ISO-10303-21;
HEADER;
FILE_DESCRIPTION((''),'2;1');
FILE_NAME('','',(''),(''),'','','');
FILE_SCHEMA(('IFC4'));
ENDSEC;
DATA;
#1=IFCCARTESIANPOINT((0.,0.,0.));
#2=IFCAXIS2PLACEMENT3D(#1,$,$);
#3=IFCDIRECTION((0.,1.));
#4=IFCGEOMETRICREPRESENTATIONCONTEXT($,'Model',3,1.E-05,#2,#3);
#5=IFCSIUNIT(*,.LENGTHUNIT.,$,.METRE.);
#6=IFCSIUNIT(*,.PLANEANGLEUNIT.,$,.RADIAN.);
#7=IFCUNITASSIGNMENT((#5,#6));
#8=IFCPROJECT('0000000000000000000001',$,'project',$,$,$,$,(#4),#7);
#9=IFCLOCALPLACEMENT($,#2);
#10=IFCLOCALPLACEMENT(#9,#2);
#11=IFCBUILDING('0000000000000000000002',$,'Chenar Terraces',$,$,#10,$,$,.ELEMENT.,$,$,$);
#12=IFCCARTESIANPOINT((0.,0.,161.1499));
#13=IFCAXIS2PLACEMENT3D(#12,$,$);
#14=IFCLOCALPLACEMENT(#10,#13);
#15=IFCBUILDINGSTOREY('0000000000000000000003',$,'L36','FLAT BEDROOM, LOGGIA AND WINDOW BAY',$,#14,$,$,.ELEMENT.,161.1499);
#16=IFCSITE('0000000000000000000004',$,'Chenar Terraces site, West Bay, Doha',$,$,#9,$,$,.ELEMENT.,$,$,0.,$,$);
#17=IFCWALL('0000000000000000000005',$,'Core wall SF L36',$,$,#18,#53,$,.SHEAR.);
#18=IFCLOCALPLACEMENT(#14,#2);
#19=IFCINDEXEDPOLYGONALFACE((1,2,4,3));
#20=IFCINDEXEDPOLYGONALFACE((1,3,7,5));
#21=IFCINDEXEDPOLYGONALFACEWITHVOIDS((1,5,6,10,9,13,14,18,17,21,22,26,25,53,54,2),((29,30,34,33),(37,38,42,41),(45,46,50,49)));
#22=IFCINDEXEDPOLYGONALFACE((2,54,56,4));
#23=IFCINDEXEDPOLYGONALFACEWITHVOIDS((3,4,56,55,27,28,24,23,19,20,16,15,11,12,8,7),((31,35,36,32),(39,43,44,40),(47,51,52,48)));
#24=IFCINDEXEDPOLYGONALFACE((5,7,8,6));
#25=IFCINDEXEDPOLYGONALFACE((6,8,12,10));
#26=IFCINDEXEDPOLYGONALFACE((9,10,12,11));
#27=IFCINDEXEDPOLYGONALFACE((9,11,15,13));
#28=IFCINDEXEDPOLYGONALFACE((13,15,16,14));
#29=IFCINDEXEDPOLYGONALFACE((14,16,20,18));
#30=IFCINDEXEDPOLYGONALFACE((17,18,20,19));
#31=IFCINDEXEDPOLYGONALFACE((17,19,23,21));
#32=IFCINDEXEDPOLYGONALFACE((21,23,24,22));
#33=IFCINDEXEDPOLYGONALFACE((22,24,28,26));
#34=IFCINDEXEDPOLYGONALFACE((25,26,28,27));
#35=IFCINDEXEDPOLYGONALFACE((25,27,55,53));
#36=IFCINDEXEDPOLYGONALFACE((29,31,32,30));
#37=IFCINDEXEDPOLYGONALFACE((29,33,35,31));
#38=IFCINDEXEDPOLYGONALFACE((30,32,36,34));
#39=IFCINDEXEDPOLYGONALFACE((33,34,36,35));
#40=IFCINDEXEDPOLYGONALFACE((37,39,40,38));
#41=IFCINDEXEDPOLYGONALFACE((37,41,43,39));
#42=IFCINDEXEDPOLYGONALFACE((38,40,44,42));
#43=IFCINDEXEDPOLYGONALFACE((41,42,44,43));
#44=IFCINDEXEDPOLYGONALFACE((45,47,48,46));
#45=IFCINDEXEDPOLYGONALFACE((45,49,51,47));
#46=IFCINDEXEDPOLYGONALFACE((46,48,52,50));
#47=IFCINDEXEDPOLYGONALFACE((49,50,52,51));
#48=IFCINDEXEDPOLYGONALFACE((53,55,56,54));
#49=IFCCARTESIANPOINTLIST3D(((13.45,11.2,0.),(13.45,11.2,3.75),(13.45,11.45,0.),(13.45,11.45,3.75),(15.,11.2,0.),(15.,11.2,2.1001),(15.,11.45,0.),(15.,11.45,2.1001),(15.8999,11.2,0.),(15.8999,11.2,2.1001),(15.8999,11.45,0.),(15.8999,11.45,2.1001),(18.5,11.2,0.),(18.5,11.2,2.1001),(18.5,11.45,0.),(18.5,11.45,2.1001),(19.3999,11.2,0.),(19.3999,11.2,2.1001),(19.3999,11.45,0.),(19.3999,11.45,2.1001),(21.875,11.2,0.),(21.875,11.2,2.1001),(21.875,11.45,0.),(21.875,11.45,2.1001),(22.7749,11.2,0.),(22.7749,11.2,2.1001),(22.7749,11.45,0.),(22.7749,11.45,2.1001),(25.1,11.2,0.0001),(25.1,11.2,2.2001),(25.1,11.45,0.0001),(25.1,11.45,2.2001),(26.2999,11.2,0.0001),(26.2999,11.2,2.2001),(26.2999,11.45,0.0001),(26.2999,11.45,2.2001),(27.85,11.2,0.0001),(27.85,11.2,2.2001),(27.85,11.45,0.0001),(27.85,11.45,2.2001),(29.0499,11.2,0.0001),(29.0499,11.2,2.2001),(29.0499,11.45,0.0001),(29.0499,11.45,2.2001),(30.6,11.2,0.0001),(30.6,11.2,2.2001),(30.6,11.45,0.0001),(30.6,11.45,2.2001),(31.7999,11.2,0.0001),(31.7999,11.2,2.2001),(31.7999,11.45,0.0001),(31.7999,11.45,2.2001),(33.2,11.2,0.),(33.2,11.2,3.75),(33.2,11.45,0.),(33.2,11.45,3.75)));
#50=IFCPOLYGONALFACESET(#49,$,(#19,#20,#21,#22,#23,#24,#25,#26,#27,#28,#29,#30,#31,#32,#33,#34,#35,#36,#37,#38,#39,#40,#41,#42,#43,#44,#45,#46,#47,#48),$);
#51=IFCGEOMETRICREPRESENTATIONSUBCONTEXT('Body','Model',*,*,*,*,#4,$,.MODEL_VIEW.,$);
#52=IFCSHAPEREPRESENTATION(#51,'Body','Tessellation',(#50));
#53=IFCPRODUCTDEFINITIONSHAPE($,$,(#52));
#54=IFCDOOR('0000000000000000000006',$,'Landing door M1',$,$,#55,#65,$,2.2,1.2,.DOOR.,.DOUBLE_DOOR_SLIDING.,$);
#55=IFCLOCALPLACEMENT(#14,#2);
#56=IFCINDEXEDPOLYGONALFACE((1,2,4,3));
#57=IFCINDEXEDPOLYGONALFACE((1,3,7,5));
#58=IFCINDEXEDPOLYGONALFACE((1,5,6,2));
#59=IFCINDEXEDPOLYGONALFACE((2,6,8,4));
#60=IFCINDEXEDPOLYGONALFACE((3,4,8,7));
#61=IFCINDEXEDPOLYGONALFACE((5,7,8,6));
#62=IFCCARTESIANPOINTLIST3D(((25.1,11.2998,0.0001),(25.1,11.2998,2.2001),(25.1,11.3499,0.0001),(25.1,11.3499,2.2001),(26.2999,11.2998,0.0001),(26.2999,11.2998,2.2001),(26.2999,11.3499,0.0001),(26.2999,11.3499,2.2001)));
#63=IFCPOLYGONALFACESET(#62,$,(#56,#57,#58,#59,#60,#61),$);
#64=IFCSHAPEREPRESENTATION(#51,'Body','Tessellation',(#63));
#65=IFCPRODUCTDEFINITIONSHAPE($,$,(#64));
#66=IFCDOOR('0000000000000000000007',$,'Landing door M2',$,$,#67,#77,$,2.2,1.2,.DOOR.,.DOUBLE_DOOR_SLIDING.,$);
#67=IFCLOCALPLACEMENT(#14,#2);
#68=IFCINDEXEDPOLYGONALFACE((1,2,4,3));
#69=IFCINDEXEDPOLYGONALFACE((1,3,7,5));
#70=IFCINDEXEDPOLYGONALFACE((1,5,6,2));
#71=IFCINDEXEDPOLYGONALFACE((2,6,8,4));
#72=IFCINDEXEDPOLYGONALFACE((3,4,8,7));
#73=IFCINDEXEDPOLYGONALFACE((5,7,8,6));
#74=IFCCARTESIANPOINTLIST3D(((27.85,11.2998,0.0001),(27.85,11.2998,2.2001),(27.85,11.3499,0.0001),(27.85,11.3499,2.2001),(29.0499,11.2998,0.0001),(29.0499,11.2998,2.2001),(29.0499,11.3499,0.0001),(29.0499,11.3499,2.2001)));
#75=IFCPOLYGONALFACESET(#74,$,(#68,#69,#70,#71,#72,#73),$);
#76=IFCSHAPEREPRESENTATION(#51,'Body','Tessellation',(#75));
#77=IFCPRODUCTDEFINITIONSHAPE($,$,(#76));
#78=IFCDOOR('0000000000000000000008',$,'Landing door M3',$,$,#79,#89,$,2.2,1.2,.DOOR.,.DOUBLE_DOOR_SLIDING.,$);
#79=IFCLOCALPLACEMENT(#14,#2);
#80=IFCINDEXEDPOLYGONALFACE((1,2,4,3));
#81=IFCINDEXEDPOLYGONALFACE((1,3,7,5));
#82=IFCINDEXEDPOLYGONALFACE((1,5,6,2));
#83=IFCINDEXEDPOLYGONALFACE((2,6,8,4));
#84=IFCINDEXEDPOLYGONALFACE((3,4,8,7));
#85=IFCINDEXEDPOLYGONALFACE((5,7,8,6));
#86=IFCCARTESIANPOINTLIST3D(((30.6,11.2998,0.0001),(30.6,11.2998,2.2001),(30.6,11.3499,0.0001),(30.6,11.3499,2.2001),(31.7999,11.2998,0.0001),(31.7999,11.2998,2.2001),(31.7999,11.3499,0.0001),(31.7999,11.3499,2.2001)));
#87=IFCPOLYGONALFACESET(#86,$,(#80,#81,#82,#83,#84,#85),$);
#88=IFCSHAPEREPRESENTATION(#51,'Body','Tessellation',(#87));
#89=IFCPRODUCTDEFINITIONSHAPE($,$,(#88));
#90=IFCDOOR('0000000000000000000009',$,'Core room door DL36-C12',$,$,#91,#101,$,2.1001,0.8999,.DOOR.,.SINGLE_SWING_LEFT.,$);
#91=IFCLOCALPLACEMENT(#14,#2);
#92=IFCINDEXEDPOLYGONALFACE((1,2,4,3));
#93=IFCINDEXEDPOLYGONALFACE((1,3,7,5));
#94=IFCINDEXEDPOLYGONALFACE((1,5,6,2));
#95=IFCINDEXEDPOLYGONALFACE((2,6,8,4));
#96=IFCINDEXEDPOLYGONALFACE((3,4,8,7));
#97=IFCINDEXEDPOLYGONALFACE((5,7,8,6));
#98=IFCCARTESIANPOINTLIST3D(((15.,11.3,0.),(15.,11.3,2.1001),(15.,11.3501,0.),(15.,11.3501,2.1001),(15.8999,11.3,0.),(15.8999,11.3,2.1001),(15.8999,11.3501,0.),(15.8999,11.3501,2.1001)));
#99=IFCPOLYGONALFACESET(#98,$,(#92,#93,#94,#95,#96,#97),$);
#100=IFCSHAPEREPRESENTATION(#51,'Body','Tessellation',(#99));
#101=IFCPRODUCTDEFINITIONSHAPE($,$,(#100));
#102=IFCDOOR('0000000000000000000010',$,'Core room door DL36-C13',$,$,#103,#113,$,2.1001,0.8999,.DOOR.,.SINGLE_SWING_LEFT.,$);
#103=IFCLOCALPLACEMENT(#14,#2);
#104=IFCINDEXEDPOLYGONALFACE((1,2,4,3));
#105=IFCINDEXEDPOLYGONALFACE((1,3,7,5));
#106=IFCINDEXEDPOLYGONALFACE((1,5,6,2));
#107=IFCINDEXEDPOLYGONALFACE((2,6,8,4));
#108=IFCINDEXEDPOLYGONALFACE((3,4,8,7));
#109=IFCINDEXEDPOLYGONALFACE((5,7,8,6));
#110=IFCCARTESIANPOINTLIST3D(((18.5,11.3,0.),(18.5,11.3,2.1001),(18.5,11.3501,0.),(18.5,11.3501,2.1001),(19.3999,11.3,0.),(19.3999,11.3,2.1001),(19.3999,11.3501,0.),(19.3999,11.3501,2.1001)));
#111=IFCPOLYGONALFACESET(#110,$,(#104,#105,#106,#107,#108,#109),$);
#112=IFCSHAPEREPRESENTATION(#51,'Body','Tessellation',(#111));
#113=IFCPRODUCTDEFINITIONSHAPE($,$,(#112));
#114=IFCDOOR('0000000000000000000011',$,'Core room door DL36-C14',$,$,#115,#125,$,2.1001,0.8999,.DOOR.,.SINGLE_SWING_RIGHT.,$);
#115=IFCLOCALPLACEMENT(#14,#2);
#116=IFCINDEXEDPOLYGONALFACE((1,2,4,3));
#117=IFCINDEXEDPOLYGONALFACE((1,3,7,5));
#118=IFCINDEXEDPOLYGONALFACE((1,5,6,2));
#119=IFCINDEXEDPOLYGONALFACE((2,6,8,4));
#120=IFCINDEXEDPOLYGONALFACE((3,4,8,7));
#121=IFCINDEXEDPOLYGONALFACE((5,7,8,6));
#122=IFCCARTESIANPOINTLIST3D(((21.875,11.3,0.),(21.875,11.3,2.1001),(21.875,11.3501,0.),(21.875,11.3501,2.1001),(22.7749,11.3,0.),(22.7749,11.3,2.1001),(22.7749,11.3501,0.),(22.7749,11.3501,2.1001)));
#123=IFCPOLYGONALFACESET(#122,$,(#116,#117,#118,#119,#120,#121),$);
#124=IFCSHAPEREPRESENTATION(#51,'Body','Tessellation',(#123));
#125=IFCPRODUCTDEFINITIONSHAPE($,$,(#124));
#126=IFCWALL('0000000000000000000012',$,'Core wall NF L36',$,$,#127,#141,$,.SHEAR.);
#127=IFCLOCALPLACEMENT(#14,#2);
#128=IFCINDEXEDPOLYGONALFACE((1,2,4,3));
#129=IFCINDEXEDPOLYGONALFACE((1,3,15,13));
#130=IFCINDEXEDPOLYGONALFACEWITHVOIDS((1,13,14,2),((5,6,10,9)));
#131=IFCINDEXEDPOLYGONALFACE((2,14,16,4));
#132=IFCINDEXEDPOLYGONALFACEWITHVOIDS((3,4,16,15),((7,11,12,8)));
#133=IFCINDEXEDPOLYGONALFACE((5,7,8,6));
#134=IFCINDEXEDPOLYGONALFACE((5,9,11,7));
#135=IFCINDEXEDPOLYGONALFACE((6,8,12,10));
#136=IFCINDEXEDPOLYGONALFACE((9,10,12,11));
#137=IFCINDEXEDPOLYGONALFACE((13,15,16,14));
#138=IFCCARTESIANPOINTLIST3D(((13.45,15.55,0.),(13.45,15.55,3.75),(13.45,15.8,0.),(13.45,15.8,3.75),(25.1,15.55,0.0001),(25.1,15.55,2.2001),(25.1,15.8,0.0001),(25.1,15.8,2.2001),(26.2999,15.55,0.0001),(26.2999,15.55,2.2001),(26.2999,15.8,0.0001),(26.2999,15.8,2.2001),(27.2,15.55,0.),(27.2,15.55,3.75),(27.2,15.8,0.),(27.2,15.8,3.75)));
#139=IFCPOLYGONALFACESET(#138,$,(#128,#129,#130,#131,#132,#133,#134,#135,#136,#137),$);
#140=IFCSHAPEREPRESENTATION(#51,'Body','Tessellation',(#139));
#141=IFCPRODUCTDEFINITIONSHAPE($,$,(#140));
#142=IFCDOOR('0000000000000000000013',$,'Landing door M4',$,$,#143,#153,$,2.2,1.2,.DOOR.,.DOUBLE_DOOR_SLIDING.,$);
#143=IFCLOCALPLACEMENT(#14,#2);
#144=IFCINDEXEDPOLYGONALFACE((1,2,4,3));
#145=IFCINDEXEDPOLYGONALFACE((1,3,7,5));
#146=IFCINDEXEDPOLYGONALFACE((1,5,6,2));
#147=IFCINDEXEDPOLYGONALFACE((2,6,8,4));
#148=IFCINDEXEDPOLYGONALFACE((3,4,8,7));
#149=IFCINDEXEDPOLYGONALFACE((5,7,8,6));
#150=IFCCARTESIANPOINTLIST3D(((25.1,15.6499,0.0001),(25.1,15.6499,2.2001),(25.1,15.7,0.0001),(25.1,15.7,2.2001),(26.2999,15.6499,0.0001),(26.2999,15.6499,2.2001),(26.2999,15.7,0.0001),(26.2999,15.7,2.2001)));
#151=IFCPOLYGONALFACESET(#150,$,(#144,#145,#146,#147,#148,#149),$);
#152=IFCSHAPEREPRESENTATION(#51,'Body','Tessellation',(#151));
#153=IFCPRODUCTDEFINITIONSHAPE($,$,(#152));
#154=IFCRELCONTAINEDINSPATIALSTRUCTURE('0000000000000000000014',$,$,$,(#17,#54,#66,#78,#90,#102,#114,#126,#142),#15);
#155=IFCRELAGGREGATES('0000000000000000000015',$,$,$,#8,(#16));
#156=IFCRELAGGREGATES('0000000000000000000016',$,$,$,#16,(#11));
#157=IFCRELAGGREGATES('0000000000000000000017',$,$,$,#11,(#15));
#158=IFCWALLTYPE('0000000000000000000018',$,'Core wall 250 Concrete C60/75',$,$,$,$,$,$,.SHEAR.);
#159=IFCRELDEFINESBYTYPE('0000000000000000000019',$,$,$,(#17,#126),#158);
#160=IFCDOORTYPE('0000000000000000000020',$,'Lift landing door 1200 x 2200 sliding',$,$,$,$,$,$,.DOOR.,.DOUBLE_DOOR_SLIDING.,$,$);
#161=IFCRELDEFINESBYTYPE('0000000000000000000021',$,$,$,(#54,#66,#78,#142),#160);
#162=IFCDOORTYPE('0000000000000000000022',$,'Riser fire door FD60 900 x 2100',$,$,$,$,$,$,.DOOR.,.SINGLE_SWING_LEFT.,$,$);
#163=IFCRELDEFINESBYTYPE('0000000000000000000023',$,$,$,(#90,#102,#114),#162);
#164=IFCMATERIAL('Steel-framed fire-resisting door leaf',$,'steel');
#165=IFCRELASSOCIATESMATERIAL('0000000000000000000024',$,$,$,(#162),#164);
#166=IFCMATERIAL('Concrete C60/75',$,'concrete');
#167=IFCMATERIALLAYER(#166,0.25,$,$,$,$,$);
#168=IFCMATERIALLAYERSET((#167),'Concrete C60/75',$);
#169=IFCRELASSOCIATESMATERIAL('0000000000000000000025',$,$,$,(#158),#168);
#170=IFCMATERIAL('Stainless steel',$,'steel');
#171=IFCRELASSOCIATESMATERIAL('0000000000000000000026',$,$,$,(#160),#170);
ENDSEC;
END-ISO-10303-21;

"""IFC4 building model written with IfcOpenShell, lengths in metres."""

from ifc_helpers import new_model, si_unit, direction, frame, frame_2d, origin, place, context, subcontext, project, spatial, rectangle, extrude, material, layer, layer_set, type_object, element, fill, save


model = new_model("IFC4")

# Units and contexts
model_context = context("Model", 3, precision=1e-05, world=origin(), true_north=direction((0.0, 1.0)))
body_context = subcontext(model_context, "Body", "Model", "MODEL_VIEW")
ifc_project = project(units=[si_unit("LENGTHUNIT", "METRE"), si_unit("PLANEANGLEUNIT", "RADIAN")], contexts=[model_context])

# Site, building, storey
site_placement = place(None, origin())
site = spatial("IfcSite", under=ifc_project, at=site_placement, Name="Chenar Terraces site, West Bay, Doha", CompositionType="ELEMENT", RefElevation=0.0)
building_placement = place(site_placement, origin())
building = spatial("IfcBuilding", under=site, at=building_placement, Name="Chenar Terraces", CompositionType="ELEMENT")
storey_placement = place(building_placement, frame((0.0, 0.0, 161.1499)))
storey = spatial("IfcBuildingStorey", under=building, at=storey_placement, Name="L36", Description="FLAT BEDROOM, LOGGIA AND WINDOW BAY", CompositionType="ELEMENT", Elevation=161.1499)

# Shared definitions
ifc_material_1 = material(Name="Steel-framed fire-resisting door leaf", Category="steel")
door_type_1 = type_object("IfcDoorType", Name="Riser fire door FD60 900 x 2100", OperationType="SINGLE_SWING_LEFT", PredefinedType="DOOR", material=ifc_material_1)

# Shared definitions
ifc_material_2 = material(Name="Concrete C60/75", Category="concrete")
ifc_layer_1 = layer(ifc_material_2, 0.25)
ifc_layer_set_1 = layer_set([ifc_layer_1], Name="Concrete C60/75")
wall_type_1 = type_object("IfcWallType", Name="Core wall 250 Concrete C60/75", PredefinedType="SHEAR", material=ifc_layer_set_1)

# Wall, openings, doors
wall_1_placement = place(storey_placement, frame((13.45, 11.325, 0.0), z_axis=(0.0, 0.0, 1.0), x_axis=(1.0, 0.0, 0.0)))
wall_1 = element("IfcWall", 1, at=wall_1_placement, inside=storey, type_object=wall_type_1, Name="Core wall SF L36", PredefinedType="SHEAR", context=body_context, shape_type="SweptSolid", body=[
    extrude(rectangle(XDim=19.75, YDim=0.25, at=frame_2d((9.875, 0.0))), origin(), (0.0, 0.0, 1.0), 3.75),
])
opening_1_placement = place(wall_1_placement, frame((11.6499, 0.0, 0.0)))
opening_1 = element("IfcOpeningElement", 2, at=opening_1_placement, cuts=wall_1, PredefinedType="OPENING", context=body_context, shape_type="SweptSolid", body=[
    extrude(rectangle(XDim=1.2, YDim=2.2, at=frame_2d((0.6001, 1.1001))), frame((0.0, 0.135, 0.0), z_axis=(0.0, -1.0, 0.0), x_axis=(1.0, 0.0, 0.0)), (0.0, 0.0, 1.0), 0.27),
])
opening_2_placement = place(wall_1_placement, frame((14.3999, 0.0, 0.0)))
opening_2 = element("IfcOpeningElement", 3, at=opening_2_placement, cuts=wall_1, PredefinedType="OPENING", context=body_context, shape_type="SweptSolid", body=[
    extrude(rectangle(XDim=1.2, YDim=2.2, at=frame_2d((0.6001, 1.1001))), frame((0.0, 0.135, 0.0), z_axis=(0.0, -1.0, 0.0), x_axis=(1.0, 0.0, 0.0)), (0.0, 0.0, 1.0), 0.27),
])
opening_3_placement = place(wall_1_placement, frame((17.1499, 0.0, 0.0)))
opening_3 = element("IfcOpeningElement", 4, at=opening_3_placement, cuts=wall_1, PredefinedType="OPENING", context=body_context, shape_type="SweptSolid", body=[
    extrude(rectangle(XDim=1.2, YDim=2.2, at=frame_2d((0.6001, 1.1001))), frame((0.0, 0.135, 0.0), z_axis=(0.0, -1.0, 0.0), x_axis=(1.0, 0.0, 0.0)), (0.0, 0.0, 1.0), 0.27),
])
opening_4_placement = place(wall_1_placement, frame((1.55, 0.0, 0.0)))
opening_4 = element("IfcOpeningElement", 5, at=opening_4_placement, cuts=wall_1, PredefinedType="OPENING", context=body_context, shape_type="SweptSolid", body=[
    extrude(rectangle(XDim=0.8999, YDim=2.1001, at=frame_2d((0.45, 1.05))), frame((0.0, 0.135, 0.0), z_axis=(0.0, -1.0, 0.0), x_axis=(1.0, 0.0, 0.0)), (0.0, 0.0, 1.0), 0.27),
])
opening_5_placement = place(wall_1_placement, frame((5.05, 0.0, 0.0)))
opening_5 = element("IfcOpeningElement", 6, at=opening_5_placement, cuts=wall_1, PredefinedType="OPENING", context=body_context, shape_type="SweptSolid", body=[
    extrude(rectangle(XDim=0.8999, YDim=2.1001, at=frame_2d((0.45, 1.05))), frame((0.0, 0.135, 0.0), z_axis=(0.0, -1.0, 0.0), x_axis=(1.0, 0.0, 0.0)), (0.0, 0.0, 1.0), 0.27),
])
opening_6_placement = place(wall_1_placement, frame((8.425, 0.0, 0.0)))
opening_6 = element("IfcOpeningElement", 7, at=opening_6_placement, cuts=wall_1, PredefinedType="OPENING", context=body_context, shape_type="SweptSolid", body=[
    extrude(rectangle(XDim=0.8999, YDim=2.1001, at=frame_2d((0.45, 1.05))), frame((0.0, 0.135, 0.0), z_axis=(0.0, -1.0, 0.0), x_axis=(1.0, 0.0, 0.0)), (0.0, 0.0, 1.0), 0.27),
])
ifc_material_3 = material(Name="Stainless steel", Category="steel")
door_type_2 = type_object("IfcDoorType", Name="Lift landing door 1200 x 2200 sliding", OperationType="DOUBLE_DOOR_SLIDING", PredefinedType="DOOR", material=ifc_material_3)
door_1_placement = place(opening_1_placement, origin())
door_1 = element("IfcDoor", 8, at=door_1_placement, inside=storey, type_object=door_type_2, Name="Landing door M1", OperationType="DOUBLE_DOOR_SLIDING", OverallHeight=2.2, OverallWidth=1.2, PredefinedType="DOOR", context=body_context, shape_type="SweptSolid", body=[
    extrude(rectangle(XDim=1.2, YDim=2.2, at=frame_2d((0.6001, 1.1001))), frame((0.0, 0.0249, 0.0), z_axis=(0.0, -1.0, 0.0), x_axis=(1.0, 0.0, 0.0)), (0.0, 0.0, 1.0), 0.05),
])
fill(opening_1, door_1)
door_2_placement = place(opening_2_placement, origin())
door_2 = element("IfcDoor", 9, at=door_2_placement, inside=storey, type_object=door_type_2, Name="Landing door M2", OperationType="DOUBLE_DOOR_SLIDING", OverallHeight=2.2, OverallWidth=1.2, PredefinedType="DOOR", context=body_context, shape_type="SweptSolid", body=[
    extrude(rectangle(XDim=1.2, YDim=2.2, at=frame_2d((0.6001, 1.1001))), frame((0.0, 0.0249, 0.0), z_axis=(0.0, -1.0, 0.0), x_axis=(1.0, 0.0, 0.0)), (0.0, 0.0, 1.0), 0.05),
])
fill(opening_2, door_2)
door_3_placement = place(opening_3_placement, origin())
door_3 = element("IfcDoor", 10, at=door_3_placement, inside=storey, type_object=door_type_2, Name="Landing door M3", OperationType="DOUBLE_DOOR_SLIDING", OverallHeight=2.2, OverallWidth=1.2, PredefinedType="DOOR", context=body_context, shape_type="SweptSolid", body=[
    extrude(rectangle(XDim=1.2, YDim=2.2, at=frame_2d((0.6001, 1.1001))), frame((0.0, 0.0249, 0.0), z_axis=(0.0, -1.0, 0.0), x_axis=(1.0, 0.0, 0.0)), (0.0, 0.0, 1.0), 0.05),
])
fill(opening_3, door_3)
door_4_placement = place(opening_4_placement, frame((0.8999, 0.0, 0.0), z_axis=(0.0, 0.0, 1.0), x_axis=(-1.0, 0.0, 0.0)))
door_4 = element("IfcDoor", 11, at=door_4_placement, inside=storey, type_object=door_type_1, Name="Core room door DL36-C12", OperationType="SINGLE_SWING_LEFT", OverallHeight=2.1001, OverallWidth=0.8999, PredefinedType="DOOR", context=body_context, shape_type="SweptSolid", body=[
    extrude(rectangle(XDim=0.8999, YDim=2.1001, at=frame_2d((0.45, 1.05))), frame((0.0, 0.0249, 0.0), z_axis=(0.0, -1.0, 0.0), x_axis=(1.0, 0.0, 0.0)), (0.0, 0.0, 1.0), 0.05),
])
fill(opening_4, door_4)
door_5_placement = place(opening_5_placement, frame((0.8999, 0.0, 0.0), z_axis=(0.0, 0.0, 1.0), x_axis=(-1.0, 0.0, 0.0)))
door_5 = element("IfcDoor", 12, at=door_5_placement, inside=storey, type_object=door_type_1, Name="Core room door DL36-C13", OperationType="SINGLE_SWING_LEFT", OverallHeight=2.1001, OverallWidth=0.8999, PredefinedType="DOOR", context=body_context, shape_type="SweptSolid", body=[
    extrude(rectangle(XDim=0.8999, YDim=2.1001, at=frame_2d((0.45, 1.05))), frame((0.0, 0.0249, 0.0), z_axis=(0.0, -1.0, 0.0), x_axis=(1.0, 0.0, 0.0)), (0.0, 0.0, 1.0), 0.05),
])
fill(opening_5, door_5)
door_6_placement = place(opening_6_placement, frame((0.8999, 0.0, 0.0), z_axis=(0.0, 0.0, 1.0), x_axis=(-1.0, 0.0, 0.0)))
door_6 = element("IfcDoor", 13, at=door_6_placement, inside=storey, type_object=door_type_1, Name="Core room door DL36-C14", OperationType="SINGLE_SWING_RIGHT", OverallHeight=2.1001, OverallWidth=0.8999, PredefinedType="DOOR", context=body_context, shape_type="SweptSolid", body=[
    extrude(rectangle(XDim=0.8999, YDim=2.1001, at=frame_2d((0.45, 1.05))), frame((0.0, 0.0249, 0.0), z_axis=(0.0, -1.0, 0.0), x_axis=(1.0, 0.0, 0.0)), (0.0, 0.0, 1.0), 0.05),
])
fill(opening_6, door_6)

# Wall, opening, door
wall_2_placement = place(storey_placement, frame((13.45, 15.675, 0.0), z_axis=(0.0, 0.0, 1.0), x_axis=(1.0, 0.0, 0.0)))
wall_2 = element("IfcWall", 14, at=wall_2_placement, inside=storey, type_object=wall_type_1, Name="Core wall NF L36", PredefinedType="SHEAR", context=body_context, shape_type="SweptSolid", body=[
    extrude(rectangle(XDim=13.75, YDim=0.25, at=frame_2d((6.875, 0.0))), origin(), (0.0, 0.0, 1.0), 3.75),
])
opening_7_placement = place(wall_2_placement, frame((11.6499, 0.0, 0.0)))
opening_7 = element("IfcOpeningElement", 15, at=opening_7_placement, cuts=wall_2, PredefinedType="OPENING", context=body_context, shape_type="SweptSolid", body=[
    extrude(rectangle(XDim=1.2, YDim=2.2, at=frame_2d((0.6001, 1.1001))), frame((0.0, 0.135, 0.0), z_axis=(0.0, -1.0, 0.0), x_axis=(1.0, 0.0, 0.0)), (0.0, 0.0, 1.0), 0.27),
])
door_7_placement = place(opening_7_placement, origin())
door_7 = element("IfcDoor", 16, at=door_7_placement, inside=storey, type_object=door_type_2, Name="Landing door M4", OperationType="DOUBLE_DOOR_SLIDING", OverallHeight=2.2, OverallWidth=1.2, PredefinedType="DOOR", context=body_context, shape_type="SweptSolid", body=[
    extrude(rectangle(XDim=1.2, YDim=2.2, at=frame_2d((0.6001, 1.1001))), frame((0.0, 0.0249, 0.0), z_axis=(0.0, -1.0, 0.0), x_axis=(1.0, 0.0, 0.0)), (0.0, 0.0, 1.0), 0.05),
])
fill(opening_7, door_7)

save(model, "model.ifc")
